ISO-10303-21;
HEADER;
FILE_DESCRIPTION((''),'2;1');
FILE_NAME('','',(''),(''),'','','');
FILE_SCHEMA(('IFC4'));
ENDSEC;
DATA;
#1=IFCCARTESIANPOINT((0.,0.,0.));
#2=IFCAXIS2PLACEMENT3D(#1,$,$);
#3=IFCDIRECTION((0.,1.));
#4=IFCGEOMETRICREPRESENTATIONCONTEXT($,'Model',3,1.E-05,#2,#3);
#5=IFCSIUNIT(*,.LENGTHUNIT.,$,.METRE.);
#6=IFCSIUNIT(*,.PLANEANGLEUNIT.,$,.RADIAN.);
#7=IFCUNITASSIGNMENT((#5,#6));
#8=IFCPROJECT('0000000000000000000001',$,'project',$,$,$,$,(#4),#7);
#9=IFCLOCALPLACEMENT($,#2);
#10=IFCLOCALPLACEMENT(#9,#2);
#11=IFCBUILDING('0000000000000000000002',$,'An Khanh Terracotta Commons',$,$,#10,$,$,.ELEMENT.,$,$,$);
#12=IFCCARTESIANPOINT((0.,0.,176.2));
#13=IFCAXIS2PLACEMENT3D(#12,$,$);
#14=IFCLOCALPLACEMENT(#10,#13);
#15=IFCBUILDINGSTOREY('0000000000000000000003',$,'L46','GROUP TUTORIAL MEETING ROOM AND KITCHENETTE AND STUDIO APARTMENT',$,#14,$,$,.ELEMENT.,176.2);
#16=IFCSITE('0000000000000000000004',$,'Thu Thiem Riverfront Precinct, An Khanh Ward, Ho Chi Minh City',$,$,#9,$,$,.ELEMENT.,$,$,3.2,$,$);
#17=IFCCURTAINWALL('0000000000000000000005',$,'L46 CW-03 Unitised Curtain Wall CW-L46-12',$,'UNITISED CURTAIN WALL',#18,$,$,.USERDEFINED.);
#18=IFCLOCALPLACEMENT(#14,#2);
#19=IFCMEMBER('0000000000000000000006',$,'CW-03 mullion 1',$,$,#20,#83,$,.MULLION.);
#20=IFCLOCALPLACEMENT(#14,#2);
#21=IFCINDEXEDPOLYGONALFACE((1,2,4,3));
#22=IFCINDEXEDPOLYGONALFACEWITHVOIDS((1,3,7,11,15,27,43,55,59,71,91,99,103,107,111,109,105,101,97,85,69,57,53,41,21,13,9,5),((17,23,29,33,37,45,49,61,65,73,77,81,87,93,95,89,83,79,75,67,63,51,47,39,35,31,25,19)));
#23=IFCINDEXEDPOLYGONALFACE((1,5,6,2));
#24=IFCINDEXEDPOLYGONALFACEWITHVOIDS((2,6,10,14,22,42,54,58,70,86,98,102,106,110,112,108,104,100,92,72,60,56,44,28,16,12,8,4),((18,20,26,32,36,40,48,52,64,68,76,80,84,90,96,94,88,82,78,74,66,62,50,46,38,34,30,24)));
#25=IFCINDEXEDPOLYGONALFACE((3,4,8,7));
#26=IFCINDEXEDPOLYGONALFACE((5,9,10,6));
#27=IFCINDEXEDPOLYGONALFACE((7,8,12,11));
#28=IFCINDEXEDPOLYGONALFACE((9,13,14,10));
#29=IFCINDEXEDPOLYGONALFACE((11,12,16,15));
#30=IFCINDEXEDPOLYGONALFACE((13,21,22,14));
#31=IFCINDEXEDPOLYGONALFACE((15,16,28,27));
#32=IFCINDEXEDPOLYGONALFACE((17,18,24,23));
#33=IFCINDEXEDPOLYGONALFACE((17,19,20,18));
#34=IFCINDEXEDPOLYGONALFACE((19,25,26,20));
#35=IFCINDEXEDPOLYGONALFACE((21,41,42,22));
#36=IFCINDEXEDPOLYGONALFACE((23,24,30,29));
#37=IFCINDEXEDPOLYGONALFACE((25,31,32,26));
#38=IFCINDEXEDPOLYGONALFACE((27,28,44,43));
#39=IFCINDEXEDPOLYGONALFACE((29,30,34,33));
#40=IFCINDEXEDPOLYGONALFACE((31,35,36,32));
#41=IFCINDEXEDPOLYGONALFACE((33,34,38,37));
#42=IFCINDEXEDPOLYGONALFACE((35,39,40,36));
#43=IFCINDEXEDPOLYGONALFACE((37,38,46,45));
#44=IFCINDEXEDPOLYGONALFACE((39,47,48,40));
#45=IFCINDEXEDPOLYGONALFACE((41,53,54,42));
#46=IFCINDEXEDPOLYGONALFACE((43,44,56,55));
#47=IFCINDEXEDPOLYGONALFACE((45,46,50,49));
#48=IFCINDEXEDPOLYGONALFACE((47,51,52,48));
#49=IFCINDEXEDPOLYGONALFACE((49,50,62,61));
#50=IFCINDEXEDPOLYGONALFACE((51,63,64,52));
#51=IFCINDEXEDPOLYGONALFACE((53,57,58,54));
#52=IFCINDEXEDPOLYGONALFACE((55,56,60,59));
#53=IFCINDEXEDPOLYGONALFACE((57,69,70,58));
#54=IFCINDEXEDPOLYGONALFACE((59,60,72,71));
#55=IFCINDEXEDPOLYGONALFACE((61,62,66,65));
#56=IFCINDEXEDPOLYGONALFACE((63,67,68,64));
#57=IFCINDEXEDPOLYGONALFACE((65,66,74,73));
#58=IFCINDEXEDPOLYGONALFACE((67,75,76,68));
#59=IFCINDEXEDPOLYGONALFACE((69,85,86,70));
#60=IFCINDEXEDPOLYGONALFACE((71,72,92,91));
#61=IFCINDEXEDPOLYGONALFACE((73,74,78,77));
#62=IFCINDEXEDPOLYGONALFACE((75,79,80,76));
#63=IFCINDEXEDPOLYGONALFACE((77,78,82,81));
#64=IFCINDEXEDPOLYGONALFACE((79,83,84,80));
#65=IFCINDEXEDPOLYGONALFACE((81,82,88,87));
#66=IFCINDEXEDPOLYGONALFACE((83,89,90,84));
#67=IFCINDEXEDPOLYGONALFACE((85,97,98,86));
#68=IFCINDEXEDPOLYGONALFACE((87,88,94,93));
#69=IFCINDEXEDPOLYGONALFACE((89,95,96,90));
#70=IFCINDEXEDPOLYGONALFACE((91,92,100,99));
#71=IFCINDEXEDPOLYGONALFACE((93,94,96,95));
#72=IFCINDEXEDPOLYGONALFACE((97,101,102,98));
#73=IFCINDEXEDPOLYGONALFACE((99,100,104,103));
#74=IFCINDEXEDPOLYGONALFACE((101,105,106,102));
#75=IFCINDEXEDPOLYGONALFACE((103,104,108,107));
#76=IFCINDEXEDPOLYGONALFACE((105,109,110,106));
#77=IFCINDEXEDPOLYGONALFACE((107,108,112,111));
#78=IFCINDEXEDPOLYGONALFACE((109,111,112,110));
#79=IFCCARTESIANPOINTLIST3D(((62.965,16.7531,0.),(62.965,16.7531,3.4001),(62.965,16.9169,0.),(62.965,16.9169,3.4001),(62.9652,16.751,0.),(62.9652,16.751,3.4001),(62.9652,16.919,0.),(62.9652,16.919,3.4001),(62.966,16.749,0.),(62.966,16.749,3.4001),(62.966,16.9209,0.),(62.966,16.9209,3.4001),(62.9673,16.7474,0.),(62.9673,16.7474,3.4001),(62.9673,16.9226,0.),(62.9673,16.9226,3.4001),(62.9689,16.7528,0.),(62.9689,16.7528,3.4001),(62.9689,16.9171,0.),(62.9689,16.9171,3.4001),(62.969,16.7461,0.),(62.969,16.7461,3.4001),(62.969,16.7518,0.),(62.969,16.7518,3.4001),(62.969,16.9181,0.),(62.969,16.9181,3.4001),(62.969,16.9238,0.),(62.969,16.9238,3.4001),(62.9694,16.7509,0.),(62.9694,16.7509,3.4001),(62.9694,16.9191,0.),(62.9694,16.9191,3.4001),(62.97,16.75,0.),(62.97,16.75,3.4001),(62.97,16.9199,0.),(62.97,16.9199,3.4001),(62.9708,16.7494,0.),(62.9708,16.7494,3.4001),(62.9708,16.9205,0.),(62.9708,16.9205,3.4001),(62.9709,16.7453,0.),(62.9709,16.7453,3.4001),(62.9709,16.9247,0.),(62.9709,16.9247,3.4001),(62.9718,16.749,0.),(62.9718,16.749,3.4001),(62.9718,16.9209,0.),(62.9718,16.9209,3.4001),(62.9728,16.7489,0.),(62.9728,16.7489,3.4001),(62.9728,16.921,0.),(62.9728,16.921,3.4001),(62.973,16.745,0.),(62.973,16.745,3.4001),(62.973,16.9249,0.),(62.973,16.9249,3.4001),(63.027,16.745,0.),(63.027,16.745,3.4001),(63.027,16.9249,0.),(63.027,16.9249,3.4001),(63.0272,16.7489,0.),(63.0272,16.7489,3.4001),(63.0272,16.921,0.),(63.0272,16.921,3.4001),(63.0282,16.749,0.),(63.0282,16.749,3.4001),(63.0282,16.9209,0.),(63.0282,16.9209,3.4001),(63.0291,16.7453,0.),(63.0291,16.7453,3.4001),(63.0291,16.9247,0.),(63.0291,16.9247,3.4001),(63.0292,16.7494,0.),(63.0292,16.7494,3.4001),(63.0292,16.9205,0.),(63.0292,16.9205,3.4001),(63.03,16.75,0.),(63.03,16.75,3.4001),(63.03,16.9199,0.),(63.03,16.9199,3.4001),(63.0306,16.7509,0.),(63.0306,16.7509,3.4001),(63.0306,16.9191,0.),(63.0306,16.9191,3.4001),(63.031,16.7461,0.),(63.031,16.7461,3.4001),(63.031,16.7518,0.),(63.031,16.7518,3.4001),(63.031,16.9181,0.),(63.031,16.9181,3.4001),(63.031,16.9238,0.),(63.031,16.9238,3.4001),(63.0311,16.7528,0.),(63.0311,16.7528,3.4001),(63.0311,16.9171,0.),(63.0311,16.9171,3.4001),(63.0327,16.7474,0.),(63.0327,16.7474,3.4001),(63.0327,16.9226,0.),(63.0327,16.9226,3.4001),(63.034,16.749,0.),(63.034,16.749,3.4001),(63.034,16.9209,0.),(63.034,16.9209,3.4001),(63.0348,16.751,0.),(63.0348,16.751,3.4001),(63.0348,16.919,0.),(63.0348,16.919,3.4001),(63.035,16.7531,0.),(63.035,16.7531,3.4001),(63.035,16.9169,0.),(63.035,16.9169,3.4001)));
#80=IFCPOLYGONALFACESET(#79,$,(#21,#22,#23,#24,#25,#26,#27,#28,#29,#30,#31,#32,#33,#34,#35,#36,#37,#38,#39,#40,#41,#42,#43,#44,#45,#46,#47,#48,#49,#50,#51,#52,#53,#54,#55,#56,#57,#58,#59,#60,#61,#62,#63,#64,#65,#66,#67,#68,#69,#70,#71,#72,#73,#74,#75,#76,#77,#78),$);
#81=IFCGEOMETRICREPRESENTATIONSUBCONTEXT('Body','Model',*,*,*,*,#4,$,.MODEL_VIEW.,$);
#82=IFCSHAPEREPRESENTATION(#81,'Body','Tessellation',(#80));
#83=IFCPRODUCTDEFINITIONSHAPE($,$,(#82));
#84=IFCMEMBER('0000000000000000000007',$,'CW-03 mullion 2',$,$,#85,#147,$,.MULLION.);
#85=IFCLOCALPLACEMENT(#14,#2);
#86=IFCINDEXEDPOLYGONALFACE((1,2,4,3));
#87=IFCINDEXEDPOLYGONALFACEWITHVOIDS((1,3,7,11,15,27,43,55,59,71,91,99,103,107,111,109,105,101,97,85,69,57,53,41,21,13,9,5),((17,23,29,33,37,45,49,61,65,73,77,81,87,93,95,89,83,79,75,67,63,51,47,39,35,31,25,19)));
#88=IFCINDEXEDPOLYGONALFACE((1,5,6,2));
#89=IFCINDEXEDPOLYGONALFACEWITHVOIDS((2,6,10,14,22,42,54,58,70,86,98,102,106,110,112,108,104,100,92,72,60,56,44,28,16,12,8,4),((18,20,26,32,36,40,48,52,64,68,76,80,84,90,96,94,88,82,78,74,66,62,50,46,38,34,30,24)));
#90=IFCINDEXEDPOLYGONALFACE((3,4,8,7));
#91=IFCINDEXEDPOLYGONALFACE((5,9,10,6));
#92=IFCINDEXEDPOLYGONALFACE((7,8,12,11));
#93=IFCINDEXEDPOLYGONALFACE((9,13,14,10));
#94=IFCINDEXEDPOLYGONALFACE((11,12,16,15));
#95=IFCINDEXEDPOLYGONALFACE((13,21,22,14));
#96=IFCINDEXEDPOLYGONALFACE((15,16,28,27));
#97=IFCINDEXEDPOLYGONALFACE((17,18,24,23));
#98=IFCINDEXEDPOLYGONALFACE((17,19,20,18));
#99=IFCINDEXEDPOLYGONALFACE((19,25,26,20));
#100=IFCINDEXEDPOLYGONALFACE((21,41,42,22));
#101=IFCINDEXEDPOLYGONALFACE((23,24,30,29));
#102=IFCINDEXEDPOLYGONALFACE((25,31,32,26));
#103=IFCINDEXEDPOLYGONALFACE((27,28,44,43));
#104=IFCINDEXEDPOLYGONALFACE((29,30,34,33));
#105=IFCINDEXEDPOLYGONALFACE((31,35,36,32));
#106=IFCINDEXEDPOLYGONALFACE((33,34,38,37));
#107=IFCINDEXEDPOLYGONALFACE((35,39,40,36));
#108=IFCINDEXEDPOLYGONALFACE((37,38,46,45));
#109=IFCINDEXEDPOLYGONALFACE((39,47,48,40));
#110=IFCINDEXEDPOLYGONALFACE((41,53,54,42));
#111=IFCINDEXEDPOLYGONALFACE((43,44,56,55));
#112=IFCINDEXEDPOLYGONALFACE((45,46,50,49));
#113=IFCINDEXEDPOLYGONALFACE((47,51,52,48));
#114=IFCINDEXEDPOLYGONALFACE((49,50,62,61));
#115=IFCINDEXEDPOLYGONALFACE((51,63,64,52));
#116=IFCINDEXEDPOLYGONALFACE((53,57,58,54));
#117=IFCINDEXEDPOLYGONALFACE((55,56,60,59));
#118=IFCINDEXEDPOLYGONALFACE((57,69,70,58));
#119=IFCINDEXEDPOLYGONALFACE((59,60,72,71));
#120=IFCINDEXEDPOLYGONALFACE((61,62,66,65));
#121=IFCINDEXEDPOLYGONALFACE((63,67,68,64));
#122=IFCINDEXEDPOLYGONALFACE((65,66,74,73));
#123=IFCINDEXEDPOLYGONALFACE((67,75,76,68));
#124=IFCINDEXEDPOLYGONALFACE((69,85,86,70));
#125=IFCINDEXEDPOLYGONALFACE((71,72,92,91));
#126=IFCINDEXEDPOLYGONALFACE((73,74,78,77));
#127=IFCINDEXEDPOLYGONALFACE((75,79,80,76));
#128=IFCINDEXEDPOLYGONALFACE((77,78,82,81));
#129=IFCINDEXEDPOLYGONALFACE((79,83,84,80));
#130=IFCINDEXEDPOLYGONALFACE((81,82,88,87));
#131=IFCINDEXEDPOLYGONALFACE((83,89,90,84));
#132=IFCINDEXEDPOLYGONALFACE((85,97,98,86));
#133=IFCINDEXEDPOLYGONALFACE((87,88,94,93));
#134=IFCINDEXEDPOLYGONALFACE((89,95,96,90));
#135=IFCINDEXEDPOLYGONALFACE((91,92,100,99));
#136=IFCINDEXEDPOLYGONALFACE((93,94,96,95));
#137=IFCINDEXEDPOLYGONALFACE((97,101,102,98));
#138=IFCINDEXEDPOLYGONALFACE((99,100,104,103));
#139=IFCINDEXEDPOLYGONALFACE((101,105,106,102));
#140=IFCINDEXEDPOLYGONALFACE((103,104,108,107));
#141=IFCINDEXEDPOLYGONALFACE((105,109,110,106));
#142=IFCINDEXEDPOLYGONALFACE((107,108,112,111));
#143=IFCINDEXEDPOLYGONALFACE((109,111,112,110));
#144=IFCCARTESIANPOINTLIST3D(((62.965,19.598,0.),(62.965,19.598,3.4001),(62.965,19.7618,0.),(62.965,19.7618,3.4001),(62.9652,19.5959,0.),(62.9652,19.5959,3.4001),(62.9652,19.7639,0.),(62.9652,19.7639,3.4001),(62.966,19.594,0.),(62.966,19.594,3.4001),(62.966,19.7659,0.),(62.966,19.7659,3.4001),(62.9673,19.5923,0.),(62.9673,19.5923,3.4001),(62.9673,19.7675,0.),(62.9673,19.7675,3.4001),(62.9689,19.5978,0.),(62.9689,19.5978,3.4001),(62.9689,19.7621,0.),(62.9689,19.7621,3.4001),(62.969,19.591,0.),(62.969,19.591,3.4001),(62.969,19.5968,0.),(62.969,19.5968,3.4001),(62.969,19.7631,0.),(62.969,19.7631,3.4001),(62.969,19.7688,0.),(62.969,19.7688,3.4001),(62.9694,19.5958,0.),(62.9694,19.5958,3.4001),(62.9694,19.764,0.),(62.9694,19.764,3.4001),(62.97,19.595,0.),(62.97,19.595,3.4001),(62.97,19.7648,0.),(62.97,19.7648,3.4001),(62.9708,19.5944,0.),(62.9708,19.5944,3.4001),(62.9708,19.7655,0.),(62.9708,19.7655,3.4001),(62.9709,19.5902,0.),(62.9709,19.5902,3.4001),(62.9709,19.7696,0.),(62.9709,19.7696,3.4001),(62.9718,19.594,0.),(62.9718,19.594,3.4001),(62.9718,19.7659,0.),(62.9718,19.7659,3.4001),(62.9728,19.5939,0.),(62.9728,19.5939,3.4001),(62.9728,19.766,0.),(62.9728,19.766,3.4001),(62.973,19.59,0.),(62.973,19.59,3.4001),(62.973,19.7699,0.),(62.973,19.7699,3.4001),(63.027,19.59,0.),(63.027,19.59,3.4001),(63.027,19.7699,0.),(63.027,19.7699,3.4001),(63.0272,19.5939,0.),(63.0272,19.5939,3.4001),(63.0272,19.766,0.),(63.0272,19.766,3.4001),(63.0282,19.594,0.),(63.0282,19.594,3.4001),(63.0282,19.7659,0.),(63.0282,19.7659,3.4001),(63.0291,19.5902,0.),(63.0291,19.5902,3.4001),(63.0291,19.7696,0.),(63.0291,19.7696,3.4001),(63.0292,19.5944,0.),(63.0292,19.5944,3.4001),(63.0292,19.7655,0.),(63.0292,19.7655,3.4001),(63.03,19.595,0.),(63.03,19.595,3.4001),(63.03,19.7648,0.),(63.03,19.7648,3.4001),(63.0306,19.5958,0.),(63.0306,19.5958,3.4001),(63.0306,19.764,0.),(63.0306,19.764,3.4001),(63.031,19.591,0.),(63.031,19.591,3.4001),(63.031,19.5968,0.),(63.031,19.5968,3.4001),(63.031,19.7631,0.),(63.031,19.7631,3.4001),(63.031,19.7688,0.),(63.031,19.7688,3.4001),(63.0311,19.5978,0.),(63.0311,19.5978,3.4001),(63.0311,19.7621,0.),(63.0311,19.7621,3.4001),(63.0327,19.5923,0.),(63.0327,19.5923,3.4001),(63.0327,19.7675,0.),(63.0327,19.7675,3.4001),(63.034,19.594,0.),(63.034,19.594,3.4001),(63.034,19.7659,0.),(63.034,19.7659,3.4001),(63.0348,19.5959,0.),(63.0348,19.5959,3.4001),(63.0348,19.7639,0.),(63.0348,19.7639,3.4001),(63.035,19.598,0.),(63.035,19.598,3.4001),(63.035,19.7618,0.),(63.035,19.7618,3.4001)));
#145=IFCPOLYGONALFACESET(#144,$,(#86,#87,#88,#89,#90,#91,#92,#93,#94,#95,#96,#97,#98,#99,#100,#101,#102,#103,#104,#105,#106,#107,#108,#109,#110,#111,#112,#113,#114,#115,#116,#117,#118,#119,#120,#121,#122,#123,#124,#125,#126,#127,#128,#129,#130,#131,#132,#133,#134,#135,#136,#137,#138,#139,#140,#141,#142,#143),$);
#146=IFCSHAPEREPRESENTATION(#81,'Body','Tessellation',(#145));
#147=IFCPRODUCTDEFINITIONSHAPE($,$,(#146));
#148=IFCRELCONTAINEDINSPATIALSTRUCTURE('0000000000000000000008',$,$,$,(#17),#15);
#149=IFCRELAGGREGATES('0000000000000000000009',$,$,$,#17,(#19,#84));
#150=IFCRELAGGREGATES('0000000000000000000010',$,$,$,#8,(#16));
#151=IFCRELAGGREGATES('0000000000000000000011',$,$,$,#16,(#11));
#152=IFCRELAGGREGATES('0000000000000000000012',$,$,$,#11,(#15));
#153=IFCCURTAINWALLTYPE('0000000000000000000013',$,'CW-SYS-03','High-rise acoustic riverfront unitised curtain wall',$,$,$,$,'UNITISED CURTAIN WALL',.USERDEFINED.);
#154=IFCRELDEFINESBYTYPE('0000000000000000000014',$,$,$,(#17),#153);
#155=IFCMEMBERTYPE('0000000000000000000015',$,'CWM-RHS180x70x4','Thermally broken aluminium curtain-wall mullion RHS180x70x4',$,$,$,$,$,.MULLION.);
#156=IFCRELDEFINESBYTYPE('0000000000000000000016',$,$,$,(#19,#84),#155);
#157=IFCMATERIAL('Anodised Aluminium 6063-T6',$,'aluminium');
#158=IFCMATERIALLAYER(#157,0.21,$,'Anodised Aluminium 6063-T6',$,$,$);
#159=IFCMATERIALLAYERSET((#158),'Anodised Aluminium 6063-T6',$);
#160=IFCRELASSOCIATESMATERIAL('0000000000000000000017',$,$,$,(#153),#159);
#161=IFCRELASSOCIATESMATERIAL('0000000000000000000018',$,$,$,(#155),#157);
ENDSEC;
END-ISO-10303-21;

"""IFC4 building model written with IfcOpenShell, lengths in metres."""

from ifc_helpers import new_model, si_unit, direction, frame, origin, origin_2d, place, context, subcontext, project, spatial, hollow_rectangle, extrude, material, layer, layer_set, material_profile, profile_set, type_object, element, aggregate, save


model = new_model("IFC4")

# Units and contexts
model_context = context("Model", 3, precision=1e-05, world=origin(), true_north=direction((0.0, 1.0)))
body_context = subcontext(model_context, "Body", "Model", "MODEL_VIEW")
ifc_project = project(units=[si_unit("LENGTHUNIT", "METRE"), si_unit("PLANEANGLEUNIT", "RADIAN")], contexts=[model_context])

# Site, building, storey
site_placement = place(None, origin())
site = spatial("IfcSite", under=ifc_project, at=site_placement, Name="Thu Thiem Riverfront Precinct, An Khanh Ward, Ho Chi Minh City", CompositionType="ELEMENT", RefElevation=3.2)
building_placement = place(site_placement, origin())
building = spatial("IfcBuilding", under=site, at=building_placement, Name="An Khanh Terracotta Commons", CompositionType="ELEMENT")
storey_placement = place(building_placement, frame((0.0, 0.0, 176.2)))
storey = spatial("IfcBuildingStorey", under=building, at=storey_placement, Name="L46", Description="GROUP TUTORIAL MEETING ROOM AND KITCHENETTE AND STUDIO APARTMENT", CompositionType="ELEMENT", Elevation=176.2)

# Curtain wall, members
ifc_material_1 = material(Name="Anodised Aluminium 6063-T6", Category="aluminium")
ifc_layer_1 = layer(ifc_material_1, 0.21, Name="Anodised Aluminium 6063-T6")
ifc_layer_set_1 = layer_set([ifc_layer_1], Name="Anodised Aluminium 6063-T6")
curtain_wall_type = type_object("IfcCurtainWallType", Name="CW-SYS-03", Description="High-rise acoustic riverfront unitised curtain wall", ElementType="UNITISED CURTAIN WALL", PredefinedType="USERDEFINED", material=ifc_layer_set_1)
ifc_material_profile_1 = material_profile(ifc_material_1, hollow_rectangle(XDim=0.0701, YDim=0.1799, WallThickness=0.0039, InnerFilletRadius=0.0039, OuterFilletRadius=0.0081, at=origin_2d()), Name="RHS180x70x4")
ifc_profile_set_1 = profile_set([ifc_material_profile_1], Name="Anodised Aluminium 6063-T6")
member_type_1 = type_object("IfcMemberType", Name="CWM-RHS180x70x4", Description="Thermally broken aluminium curtain-wall mullion RHS180x70x4", PredefinedType="MULLION", material=ifc_profile_set_1)
curtain_wall_1_placement = place(storey_placement, origin())
curtain_wall_1 = element("IfcCurtainWall", 1, at=curtain_wall_1_placement, inside=storey, type_object=curtain_wall_type, Name="L46 CW-03 Unitised Curtain Wall CW-L46-12", ObjectType="UNITISED CURTAIN WALL", PredefinedType="USERDEFINED")
member_1_placement = place(storey_placement, frame((63.0, 16.835, 0.0), z_axis=(0.0, 0.0, 1.0), x_axis=(-1.0, 0.0, 0.0)))
member_1 = element("IfcMember", 2, at=member_1_placement, type_object=member_type_1, Name="CW-03 mullion 1", PredefinedType="MULLION", context=body_context, shape_type="SweptSolid", body=[
    extrude(hollow_rectangle(XDim=0.0701, YDim=0.1799, WallThickness=0.0039, InnerFilletRadius=0.0039, OuterFilletRadius=0.0081, at=origin_2d()), origin(), (0.0, 0.0, 1.0), 3.4001),
])
member_2_placement = place(storey_placement, frame((63.0, 19.6799, 0.0), z_axis=(0.0, 0.0, 1.0), x_axis=(-1.0, 0.0, 0.0)))
member_2 = element("IfcMember", 3, at=member_2_placement, type_object=member_type_1, Name="CW-03 mullion 2", PredefinedType="MULLION", context=body_context, shape_type="SweptSolid", body=[
    extrude(hollow_rectangle(XDim=0.0701, YDim=0.1799, WallThickness=0.0039, InnerFilletRadius=0.0039, OuterFilletRadius=0.0081, at=origin_2d()), origin(), (0.0, 0.0, 1.0), 3.4001),
])

aggregate(curtain_wall_1, [member_1, member_2])

save(model, "model.ifc")
